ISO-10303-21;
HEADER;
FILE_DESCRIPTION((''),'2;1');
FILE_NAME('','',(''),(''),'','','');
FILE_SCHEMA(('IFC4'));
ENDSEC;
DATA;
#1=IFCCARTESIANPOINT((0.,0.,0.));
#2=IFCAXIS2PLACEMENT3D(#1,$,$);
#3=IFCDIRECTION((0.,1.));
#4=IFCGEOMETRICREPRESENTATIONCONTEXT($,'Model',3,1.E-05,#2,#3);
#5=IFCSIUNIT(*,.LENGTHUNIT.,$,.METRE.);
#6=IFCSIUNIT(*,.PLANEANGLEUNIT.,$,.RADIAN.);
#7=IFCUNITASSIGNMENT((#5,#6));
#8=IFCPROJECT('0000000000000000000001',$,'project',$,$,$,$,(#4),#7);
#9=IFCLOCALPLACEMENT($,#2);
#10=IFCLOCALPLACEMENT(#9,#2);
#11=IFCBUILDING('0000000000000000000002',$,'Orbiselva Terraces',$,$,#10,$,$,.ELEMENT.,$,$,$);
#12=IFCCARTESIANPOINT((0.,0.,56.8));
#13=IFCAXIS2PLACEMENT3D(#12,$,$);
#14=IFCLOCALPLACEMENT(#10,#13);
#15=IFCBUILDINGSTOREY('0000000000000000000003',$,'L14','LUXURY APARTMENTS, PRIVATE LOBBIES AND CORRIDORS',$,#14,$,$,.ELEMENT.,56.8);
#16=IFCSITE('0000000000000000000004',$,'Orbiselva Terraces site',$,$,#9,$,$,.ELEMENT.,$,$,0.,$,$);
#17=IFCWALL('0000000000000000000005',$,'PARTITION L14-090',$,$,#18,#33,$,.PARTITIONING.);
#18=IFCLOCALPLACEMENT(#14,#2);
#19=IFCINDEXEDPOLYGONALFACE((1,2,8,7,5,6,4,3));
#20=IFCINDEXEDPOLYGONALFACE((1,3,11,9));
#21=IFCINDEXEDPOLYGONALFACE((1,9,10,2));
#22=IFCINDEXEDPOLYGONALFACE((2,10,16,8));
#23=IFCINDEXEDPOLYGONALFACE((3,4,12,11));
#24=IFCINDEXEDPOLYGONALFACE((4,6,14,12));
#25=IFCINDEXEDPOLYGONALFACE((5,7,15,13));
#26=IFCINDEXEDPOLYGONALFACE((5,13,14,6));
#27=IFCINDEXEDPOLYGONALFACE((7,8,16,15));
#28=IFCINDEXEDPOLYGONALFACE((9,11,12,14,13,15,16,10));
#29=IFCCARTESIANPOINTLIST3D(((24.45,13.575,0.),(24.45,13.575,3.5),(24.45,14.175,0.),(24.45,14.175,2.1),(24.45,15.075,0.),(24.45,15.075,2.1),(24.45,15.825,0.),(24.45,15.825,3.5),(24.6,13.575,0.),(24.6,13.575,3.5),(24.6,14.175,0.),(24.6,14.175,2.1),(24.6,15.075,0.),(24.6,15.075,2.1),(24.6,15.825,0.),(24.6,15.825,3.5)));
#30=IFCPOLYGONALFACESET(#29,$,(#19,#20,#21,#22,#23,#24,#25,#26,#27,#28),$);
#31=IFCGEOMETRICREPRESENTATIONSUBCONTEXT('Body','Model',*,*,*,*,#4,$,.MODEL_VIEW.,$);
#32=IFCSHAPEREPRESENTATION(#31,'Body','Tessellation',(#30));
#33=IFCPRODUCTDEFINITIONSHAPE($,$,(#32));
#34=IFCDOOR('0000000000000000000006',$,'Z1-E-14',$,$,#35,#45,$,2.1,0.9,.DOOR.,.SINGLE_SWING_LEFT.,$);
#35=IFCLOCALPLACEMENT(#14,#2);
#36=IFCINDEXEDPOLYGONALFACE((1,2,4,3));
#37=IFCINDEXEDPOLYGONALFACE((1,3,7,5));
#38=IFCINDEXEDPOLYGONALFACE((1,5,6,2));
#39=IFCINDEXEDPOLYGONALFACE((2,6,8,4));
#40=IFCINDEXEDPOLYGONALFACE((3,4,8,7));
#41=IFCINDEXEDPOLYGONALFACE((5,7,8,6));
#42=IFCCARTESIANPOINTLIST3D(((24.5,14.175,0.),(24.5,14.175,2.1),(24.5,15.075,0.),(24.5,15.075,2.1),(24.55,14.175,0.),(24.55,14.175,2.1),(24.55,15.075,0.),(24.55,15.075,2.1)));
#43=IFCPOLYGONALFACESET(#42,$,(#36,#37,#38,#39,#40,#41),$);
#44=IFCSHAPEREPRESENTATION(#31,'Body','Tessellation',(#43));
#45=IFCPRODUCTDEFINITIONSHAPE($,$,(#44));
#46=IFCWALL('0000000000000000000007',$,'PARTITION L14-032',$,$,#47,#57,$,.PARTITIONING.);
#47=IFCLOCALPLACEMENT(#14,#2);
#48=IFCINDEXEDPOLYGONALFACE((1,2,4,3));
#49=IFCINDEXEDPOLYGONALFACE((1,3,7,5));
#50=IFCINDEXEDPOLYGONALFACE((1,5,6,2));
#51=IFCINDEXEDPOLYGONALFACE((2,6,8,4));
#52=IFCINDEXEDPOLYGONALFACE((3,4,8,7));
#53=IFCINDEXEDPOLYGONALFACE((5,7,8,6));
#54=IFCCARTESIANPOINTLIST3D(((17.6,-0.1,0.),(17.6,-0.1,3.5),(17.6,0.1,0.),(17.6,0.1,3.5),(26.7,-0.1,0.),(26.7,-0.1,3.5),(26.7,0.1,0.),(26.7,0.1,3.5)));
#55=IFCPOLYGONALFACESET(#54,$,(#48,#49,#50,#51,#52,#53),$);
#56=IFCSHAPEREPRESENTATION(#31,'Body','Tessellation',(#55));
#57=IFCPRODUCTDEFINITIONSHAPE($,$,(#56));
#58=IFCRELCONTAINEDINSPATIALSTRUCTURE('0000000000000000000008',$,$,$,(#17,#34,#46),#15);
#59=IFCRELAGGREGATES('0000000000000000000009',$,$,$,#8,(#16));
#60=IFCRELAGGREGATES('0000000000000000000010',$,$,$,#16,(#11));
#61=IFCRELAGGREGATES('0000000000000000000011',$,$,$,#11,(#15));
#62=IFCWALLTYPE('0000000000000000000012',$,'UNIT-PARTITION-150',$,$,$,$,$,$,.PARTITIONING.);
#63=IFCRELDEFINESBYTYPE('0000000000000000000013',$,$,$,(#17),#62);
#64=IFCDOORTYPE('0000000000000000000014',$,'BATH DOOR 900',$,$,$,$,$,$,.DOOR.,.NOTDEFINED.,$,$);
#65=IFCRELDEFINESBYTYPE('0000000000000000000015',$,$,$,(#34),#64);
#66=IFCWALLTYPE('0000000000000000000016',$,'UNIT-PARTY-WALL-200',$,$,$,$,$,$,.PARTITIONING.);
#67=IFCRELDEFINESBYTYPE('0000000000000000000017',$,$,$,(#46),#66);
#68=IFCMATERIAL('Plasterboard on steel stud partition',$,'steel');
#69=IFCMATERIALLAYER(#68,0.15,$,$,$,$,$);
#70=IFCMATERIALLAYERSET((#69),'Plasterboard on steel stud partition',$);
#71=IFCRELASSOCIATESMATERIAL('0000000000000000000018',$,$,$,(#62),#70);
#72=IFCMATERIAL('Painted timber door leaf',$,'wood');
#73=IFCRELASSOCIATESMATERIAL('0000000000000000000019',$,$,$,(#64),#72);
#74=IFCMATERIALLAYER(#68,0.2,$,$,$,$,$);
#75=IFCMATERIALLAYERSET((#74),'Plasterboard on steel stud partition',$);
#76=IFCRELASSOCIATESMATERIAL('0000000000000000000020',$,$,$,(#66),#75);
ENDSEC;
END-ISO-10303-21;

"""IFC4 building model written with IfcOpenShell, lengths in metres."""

from ifc_helpers import new_model, si_unit, direction, frame, frame_2d, origin, place, context, subcontext, project, spatial, rectangle, extrude, material, layer, layer_set, type_object, element, fill, save


model = new_model("IFC4")

# Units and contexts
model_context = context("Model", 3, precision=1e-05, world=origin(), true_north=direction((0.0, 1.0)))
body_context = subcontext(model_context, "Body", "Model", "MODEL_VIEW")
ifc_project = project(units=[si_unit("LENGTHUNIT", "METRE"), si_unit("PLANEANGLEUNIT", "RADIAN")], contexts=[model_context])

# Site, building, storey
site_placement = place(None, origin())
site = spatial("IfcSite", under=ifc_project, at=site_placement, Name="Orbiselva Terraces site", CompositionType="ELEMENT", RefElevation=0.0)
building_placement = place(site_placement, origin())
building = spatial("IfcBuilding", under=site, at=building_placement, Name="Orbiselva Terraces", CompositionType="ELEMENT")
storey_placement = place(building_placement, frame((0.0, 0.0, 56.8)))
storey = spatial("IfcBuildingStorey", under=building, at=storey_placement, Name="L14", Description="LUXURY APARTMENTS, PRIVATE LOBBIES AND CORRIDORS", CompositionType="ELEMENT", Elevation=56.8)

# Shared definitions
ifc_material_1 = material(Name="Plasterboard on steel stud partition", Category="steel")
ifc_material_2 = material(Name="Painted timber door leaf", Category="wood")

# Shared definitions
ifc_layer_1 = layer(ifc_material_1, 0.15)
ifc_layer_set_1 = layer_set([ifc_layer_1], Name="Plasterboard on steel stud partition")
wall_type_1 = type_object("IfcWallType", Name="UNIT-PARTITION-150", PredefinedType="PARTITIONING", material=ifc_layer_set_1)
door_type_1 = type_object("IfcDoorType", Name="BATH DOOR 900", OperationType="NOTDEFINED", PredefinedType="DOOR", material=ifc_material_2)

# Wall, opening, door
wall_1_placement = place(storey_placement, frame((24.525, 13.575, 0.0), z_axis=(0.0, 0.0, 1.0), x_axis=(0.0, 1.0, 0.0)))
wall_1 = element("IfcWall", 1, at=wall_1_placement, inside=storey, type_object=wall_type_1, Name="PARTITION L14-090", PredefinedType="PARTITIONING", context=body_context, shape_type="SweptSolid", body=[
    extrude(rectangle(XDim=2.25, YDim=0.15, at=frame_2d((1.125, 0.0))), origin(), (0.0, 0.0, 1.0), 3.5),
])
opening_1_placement = place(wall_1_placement, frame((0.6, 0.0, 0.0)))
opening_1 = element("IfcOpeningElement", 2, at=opening_1_placement, cuts=wall_1, PredefinedType="OPENING", context=body_context, shape_type="SweptSolid", body=[
    extrude(rectangle(XDim=0.9, YDim=2.1, at=frame_2d((0.45, 1.05))), frame((0.0, 0.085, 0.0), z_axis=(0.0, -1.0, 0.0), x_axis=(1.0, 0.0, 0.0)), (0.0, 0.0, 1.0), 0.17),
])
door_1_placement = place(opening_1_placement, origin())
door_1 = element("IfcDoor", 3, at=door_1_placement, inside=storey, type_object=door_type_1, Name="Z1-E-14", OperationType="SINGLE_SWING_LEFT", OverallHeight=2.1, OverallWidth=0.9, PredefinedType="DOOR", context=body_context, shape_type="SweptSolid", body=[
    extrude(rectangle(XDim=0.9, YDim=2.1, at=frame_2d((0.45, 1.05))), frame((0.0, 0.025, 0.0), z_axis=(0.0, -1.0, 0.0), x_axis=(1.0, 0.0, 0.0)), (0.0, 0.0, 1.0), 0.05),
])
fill(opening_1, door_1)

# Wall
ifc_layer_2 = layer(ifc_material_1, 0.2)
ifc_layer_set_2 = layer_set([ifc_layer_2], Name="Plasterboard on steel stud partition")
wall_type_2 = type_object("IfcWallType", Name="UNIT-PARTY-WALL-200", PredefinedType="PARTITIONING", material=ifc_layer_set_2)
wall_2_placement = place(storey_placement, frame((17.6, 0.0, 0.0), z_axis=(0.0, 0.0, 1.0), x_axis=(1.0, 0.0, 0.0)))
element("IfcWall", 4, at=wall_2_placement, inside=storey, type_object=wall_type_2, Name="PARTITION L14-032", PredefinedType="PARTITIONING", context=body_context, shape_type="SweptSolid", body=[
    extrude(rectangle(XDim=9.1, YDim=0.2, at=frame_2d((4.55, 0.0))), origin(), (0.0, 0.0, 1.0), 3.5),
])

save(model, "model.ifc")
